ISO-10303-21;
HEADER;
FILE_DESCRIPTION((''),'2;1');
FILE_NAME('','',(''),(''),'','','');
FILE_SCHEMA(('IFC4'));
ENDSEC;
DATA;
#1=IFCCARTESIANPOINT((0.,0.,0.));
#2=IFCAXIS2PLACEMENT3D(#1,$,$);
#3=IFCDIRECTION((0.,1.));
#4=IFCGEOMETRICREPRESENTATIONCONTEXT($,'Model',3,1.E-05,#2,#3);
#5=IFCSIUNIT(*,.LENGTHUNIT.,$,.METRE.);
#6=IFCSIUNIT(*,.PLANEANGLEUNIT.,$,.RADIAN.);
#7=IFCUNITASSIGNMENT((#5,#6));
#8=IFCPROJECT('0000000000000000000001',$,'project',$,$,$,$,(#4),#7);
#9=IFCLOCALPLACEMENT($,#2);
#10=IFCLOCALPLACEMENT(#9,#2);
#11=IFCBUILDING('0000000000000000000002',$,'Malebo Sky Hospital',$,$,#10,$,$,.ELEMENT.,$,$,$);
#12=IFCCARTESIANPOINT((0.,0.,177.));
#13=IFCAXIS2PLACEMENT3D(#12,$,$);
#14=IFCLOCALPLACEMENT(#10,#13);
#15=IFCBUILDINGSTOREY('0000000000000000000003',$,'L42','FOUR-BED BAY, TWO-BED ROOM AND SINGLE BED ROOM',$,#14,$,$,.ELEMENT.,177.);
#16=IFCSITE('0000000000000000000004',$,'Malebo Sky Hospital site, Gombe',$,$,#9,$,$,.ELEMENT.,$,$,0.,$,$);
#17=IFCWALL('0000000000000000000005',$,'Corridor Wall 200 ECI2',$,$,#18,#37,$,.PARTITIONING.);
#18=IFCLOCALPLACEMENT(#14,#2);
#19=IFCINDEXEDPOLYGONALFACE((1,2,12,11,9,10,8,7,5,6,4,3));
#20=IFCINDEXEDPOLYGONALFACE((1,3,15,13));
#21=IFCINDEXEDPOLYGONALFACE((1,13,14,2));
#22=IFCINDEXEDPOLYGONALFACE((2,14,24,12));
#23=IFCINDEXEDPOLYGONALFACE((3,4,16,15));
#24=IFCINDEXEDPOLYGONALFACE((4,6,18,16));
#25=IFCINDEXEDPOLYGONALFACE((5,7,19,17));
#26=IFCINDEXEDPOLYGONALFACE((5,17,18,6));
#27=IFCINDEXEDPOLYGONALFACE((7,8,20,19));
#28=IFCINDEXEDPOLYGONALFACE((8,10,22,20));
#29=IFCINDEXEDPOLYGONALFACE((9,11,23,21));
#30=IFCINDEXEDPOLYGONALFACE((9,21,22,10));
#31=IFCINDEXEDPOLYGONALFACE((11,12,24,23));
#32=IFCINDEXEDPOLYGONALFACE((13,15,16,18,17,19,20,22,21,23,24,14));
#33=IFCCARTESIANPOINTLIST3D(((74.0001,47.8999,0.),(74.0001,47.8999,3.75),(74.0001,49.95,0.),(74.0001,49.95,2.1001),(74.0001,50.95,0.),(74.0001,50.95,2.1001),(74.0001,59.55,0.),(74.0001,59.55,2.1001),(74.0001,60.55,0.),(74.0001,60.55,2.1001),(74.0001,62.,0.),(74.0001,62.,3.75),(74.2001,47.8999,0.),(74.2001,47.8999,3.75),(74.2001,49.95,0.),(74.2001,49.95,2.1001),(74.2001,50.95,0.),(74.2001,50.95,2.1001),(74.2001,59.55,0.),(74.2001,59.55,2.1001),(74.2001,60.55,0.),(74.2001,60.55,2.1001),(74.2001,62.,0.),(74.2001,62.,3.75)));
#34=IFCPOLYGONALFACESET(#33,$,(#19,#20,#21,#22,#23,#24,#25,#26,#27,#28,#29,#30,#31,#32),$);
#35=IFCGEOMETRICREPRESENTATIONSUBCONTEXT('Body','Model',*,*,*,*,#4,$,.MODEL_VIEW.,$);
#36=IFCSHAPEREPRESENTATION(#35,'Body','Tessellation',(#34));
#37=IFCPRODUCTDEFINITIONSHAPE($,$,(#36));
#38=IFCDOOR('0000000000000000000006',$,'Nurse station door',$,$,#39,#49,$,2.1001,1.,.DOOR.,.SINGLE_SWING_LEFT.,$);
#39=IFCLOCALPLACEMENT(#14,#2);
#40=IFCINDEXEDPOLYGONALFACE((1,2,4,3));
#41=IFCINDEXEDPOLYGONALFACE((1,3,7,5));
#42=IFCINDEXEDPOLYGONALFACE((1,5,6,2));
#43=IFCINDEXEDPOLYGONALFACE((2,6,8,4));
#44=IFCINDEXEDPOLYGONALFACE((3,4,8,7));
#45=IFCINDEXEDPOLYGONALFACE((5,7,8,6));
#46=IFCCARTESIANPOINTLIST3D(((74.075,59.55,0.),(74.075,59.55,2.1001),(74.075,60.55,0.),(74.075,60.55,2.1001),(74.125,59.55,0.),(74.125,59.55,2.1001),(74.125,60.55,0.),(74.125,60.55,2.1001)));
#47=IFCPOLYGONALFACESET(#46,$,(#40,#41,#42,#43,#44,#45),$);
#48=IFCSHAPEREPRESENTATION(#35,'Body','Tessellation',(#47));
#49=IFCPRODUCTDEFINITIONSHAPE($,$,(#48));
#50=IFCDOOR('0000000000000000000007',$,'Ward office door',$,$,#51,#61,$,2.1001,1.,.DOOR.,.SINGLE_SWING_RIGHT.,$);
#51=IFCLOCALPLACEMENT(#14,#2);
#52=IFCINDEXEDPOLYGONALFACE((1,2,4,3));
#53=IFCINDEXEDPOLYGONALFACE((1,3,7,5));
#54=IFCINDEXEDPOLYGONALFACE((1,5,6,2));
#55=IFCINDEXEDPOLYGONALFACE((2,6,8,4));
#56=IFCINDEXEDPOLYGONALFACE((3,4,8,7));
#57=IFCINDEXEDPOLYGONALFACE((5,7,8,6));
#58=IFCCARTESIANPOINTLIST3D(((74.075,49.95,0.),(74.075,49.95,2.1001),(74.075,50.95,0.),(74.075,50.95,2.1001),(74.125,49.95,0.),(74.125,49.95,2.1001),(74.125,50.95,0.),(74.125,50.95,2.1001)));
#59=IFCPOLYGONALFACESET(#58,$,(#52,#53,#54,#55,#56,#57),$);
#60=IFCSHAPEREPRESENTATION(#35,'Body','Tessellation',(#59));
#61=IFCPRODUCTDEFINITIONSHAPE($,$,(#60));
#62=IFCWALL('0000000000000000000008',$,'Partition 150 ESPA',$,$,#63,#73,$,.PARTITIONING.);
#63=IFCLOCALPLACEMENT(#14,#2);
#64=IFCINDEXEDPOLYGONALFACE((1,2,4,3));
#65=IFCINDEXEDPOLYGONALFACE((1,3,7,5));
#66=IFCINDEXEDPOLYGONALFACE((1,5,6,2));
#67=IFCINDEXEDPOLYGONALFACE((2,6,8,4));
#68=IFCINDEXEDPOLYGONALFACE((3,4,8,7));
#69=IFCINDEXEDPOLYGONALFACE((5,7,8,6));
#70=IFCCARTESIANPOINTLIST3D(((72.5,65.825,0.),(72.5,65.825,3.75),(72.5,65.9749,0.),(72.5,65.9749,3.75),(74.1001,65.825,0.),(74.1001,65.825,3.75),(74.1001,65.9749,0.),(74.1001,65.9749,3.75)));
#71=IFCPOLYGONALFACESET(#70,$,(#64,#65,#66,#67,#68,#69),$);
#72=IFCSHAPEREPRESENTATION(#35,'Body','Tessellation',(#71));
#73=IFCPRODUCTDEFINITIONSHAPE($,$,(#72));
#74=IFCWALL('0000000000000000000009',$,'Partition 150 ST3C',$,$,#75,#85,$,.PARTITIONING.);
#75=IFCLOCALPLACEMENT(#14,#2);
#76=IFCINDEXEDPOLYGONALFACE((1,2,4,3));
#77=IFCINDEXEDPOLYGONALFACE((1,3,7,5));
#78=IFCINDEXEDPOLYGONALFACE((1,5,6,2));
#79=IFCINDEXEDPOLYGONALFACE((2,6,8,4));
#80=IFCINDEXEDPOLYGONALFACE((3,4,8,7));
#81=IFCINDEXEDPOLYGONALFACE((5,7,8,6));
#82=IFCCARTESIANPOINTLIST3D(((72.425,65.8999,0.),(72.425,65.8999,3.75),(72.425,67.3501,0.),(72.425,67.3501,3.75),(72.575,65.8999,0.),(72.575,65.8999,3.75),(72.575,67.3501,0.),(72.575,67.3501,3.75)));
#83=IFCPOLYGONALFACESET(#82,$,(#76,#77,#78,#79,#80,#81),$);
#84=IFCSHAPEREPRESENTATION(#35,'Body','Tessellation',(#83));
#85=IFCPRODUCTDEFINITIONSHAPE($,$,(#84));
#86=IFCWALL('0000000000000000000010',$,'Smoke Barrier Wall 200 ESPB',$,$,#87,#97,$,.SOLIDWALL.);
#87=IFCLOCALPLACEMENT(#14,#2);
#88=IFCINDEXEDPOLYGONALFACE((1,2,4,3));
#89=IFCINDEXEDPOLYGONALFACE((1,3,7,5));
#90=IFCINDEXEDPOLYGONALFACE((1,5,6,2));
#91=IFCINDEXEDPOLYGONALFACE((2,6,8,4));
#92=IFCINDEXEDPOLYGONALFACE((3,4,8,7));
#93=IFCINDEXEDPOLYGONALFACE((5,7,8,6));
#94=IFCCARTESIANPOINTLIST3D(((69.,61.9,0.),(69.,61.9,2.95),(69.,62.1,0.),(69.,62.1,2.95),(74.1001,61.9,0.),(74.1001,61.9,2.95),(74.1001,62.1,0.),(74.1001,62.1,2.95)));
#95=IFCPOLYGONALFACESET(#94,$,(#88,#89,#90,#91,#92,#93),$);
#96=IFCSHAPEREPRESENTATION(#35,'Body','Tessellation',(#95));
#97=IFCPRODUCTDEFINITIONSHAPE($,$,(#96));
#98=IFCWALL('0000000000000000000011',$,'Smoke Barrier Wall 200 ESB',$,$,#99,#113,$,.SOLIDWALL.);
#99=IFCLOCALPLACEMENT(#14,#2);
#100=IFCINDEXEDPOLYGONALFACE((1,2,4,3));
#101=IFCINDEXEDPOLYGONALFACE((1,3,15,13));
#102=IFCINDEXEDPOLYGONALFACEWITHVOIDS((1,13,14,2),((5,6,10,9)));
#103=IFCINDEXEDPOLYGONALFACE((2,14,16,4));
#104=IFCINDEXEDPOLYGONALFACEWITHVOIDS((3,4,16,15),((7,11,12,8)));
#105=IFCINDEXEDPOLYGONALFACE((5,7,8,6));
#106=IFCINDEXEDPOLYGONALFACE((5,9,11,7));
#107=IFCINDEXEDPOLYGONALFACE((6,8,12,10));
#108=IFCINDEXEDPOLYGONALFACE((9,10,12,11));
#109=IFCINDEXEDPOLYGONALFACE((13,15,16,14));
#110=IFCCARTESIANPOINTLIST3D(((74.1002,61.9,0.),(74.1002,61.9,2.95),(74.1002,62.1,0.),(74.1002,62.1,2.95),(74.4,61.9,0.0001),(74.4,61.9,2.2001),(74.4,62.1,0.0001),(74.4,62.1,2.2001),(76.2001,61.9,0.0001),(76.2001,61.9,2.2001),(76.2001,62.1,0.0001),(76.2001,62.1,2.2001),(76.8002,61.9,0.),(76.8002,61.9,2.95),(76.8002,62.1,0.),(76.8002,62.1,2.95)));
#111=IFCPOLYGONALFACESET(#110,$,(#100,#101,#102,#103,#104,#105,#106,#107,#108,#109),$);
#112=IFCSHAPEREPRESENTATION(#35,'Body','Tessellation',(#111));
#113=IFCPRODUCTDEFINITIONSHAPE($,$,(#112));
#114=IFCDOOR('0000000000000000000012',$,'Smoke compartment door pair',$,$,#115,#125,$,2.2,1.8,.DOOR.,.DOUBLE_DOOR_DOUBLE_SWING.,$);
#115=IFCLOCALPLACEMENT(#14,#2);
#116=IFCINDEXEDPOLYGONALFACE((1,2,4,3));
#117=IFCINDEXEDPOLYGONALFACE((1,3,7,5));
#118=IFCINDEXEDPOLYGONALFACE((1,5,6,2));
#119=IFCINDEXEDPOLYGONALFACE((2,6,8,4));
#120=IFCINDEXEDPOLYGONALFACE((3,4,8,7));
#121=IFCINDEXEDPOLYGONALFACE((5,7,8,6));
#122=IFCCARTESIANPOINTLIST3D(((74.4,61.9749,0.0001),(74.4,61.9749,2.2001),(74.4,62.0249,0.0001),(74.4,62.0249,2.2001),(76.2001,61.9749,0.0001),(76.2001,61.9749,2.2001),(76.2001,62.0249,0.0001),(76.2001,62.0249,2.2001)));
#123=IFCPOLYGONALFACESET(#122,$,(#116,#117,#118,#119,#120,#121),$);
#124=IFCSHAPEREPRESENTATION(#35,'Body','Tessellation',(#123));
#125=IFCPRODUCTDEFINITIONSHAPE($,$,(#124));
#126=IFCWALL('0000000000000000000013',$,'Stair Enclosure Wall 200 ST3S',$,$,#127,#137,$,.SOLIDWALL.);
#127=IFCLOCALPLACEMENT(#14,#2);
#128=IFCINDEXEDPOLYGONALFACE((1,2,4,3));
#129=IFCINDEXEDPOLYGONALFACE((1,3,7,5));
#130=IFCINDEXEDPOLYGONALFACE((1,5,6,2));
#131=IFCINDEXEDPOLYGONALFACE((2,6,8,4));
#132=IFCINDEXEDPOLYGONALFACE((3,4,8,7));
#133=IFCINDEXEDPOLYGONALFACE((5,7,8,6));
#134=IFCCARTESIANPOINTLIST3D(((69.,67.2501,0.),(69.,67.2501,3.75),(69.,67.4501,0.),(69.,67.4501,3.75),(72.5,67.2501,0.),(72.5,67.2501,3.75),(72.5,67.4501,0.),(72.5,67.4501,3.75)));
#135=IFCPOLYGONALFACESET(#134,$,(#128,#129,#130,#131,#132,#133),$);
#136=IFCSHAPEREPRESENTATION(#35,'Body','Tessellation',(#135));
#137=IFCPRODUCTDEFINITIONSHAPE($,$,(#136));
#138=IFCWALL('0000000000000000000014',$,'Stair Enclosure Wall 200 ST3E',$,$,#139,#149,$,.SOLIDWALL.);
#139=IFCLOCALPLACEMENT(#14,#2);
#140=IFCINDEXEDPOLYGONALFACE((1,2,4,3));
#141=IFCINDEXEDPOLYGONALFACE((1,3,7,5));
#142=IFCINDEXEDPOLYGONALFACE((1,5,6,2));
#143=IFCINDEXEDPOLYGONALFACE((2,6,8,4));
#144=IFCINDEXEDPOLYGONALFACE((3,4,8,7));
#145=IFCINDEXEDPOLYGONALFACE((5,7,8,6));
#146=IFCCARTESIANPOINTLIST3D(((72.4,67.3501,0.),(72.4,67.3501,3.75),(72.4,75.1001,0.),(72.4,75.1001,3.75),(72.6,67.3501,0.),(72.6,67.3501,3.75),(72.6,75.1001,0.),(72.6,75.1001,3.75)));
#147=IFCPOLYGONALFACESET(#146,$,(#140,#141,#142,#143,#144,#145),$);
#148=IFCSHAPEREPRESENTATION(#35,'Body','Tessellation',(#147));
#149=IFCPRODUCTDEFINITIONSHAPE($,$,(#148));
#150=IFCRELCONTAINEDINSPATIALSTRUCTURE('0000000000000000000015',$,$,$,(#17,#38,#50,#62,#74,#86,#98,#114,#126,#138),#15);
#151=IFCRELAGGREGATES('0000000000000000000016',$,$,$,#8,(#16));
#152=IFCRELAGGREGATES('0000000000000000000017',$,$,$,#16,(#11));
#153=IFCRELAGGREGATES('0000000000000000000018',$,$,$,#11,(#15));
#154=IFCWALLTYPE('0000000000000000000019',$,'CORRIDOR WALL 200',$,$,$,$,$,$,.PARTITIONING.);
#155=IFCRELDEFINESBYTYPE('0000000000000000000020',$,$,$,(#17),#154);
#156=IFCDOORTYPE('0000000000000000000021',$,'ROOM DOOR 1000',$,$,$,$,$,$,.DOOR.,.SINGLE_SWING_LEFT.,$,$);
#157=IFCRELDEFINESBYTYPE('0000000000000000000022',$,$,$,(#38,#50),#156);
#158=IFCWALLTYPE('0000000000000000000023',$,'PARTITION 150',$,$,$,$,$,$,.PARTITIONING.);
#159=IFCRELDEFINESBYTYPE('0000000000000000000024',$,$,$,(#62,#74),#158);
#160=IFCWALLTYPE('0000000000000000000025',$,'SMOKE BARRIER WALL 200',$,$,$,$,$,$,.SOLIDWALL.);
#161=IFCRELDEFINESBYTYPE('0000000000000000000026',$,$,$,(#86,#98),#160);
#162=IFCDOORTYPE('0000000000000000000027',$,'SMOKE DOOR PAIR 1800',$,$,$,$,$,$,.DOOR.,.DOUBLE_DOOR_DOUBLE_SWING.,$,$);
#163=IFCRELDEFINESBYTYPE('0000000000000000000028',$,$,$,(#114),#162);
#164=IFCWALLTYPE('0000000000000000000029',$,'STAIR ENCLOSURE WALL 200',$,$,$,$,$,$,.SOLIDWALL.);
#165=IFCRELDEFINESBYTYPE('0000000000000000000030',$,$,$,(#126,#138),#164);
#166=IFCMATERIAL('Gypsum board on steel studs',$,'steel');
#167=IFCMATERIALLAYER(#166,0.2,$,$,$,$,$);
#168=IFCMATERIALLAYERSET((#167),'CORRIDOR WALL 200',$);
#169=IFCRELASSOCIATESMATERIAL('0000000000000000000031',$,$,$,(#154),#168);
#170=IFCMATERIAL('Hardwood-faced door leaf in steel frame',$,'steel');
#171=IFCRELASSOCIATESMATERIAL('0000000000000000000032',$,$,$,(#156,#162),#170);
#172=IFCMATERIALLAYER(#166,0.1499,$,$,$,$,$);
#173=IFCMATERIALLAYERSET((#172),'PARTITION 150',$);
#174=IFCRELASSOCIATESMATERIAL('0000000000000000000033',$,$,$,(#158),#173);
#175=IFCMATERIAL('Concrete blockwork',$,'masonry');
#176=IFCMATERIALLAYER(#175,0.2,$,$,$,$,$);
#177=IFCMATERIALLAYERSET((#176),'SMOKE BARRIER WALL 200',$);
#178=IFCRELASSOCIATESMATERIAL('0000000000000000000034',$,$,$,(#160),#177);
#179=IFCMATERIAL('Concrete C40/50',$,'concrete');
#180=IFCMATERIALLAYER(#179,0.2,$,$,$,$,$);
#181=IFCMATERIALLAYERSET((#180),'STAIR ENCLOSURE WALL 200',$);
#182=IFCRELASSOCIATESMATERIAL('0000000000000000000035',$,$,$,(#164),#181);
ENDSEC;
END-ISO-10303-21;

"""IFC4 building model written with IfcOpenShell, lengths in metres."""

from ifc_helpers import new_model, si_unit, direction, frame, frame_2d, origin, place, context, subcontext, project, spatial, rectangle, extrude, material, layer, layer_set, type_object, element, fill, save


model = new_model("IFC4")

# Units and contexts
model_context = context("Model", 3, precision=1e-05, world=origin(), true_north=direction((0.0, 1.0)))
body_context = subcontext(model_context, "Body", "Model", "MODEL_VIEW")
ifc_project = project(units=[si_unit("LENGTHUNIT", "METRE"), si_unit("PLANEANGLEUNIT", "RADIAN")], contexts=[model_context])

# Site, building, storey
site_placement = place(None, origin())
site = spatial("IfcSite", under=ifc_project, at=site_placement, Name="Malebo Sky Hospital site, Gombe", CompositionType="ELEMENT", RefElevation=0.0)
building_placement = place(site_placement, origin())
building = spatial("IfcBuilding", under=site, at=building_placement, Name="Malebo Sky Hospital", CompositionType="ELEMENT")
storey_placement = place(building_placement, frame((0.0, 0.0, 177.0)))
storey = spatial("IfcBuildingStorey", under=building, at=storey_placement, Name="L42", Description="FOUR-BED BAY, TWO-BED ROOM AND SINGLE BED ROOM", CompositionType="ELEMENT", Elevation=177.0)

# Wall, openings, doors
ifc_material_1 = material(Name="Gypsum board on steel studs", Category="steel")
ifc_layer_1 = layer(ifc_material_1, 0.2)
ifc_layer_set_1 = layer_set([ifc_layer_1], Name="CORRIDOR WALL 200")
wall_type_1 = type_object("IfcWallType", Name="CORRIDOR WALL 200", PredefinedType="PARTITIONING", material=ifc_layer_set_1)
wall_1_placement = place(storey_placement, frame((74.1001, 62.0, 0.0), z_axis=(0.0, 0.0, 1.0), x_axis=(0.0, -1.0, 0.0)))
wall_1 = element("IfcWall", 1, at=wall_1_placement, inside=storey, type_object=wall_type_1, Name="Corridor Wall 200 ECI2", PredefinedType="PARTITIONING", context=body_context, shape_type="SweptSolid", body=[
    extrude(rectangle(XDim=14.1001, YDim=0.2, at=frame_2d((7.05, 0.0))), origin(), (0.0, 0.0, 1.0), 3.75),
])
opening_1_placement = place(wall_1_placement, frame((1.45, 0.0, 0.0)))
opening_1 = element("IfcOpeningElement", 2, at=opening_1_placement, cuts=wall_1, PredefinedType="OPENING", context=body_context, shape_type="SweptSolid", body=[
    extrude(rectangle(XDim=1.0, YDim=2.1001, at=frame_2d((0.5, 1.05))), frame((0.0, 0.1099, 0.0), z_axis=(0.0, -1.0, 0.0), x_axis=(1.0, 0.0, 0.0)), (0.0, 0.0, 1.0), 0.22),
])
opening_2_placement = place(wall_1_placement, frame((11.05, 0.0, 0.0)))
opening_2 = element("IfcOpeningElement", 3, at=opening_2_placement, cuts=wall_1, PredefinedType="OPENING", context=body_context, shape_type="SweptSolid", body=[
    extrude(rectangle(XDim=1.0, YDim=2.1001, at=frame_2d((0.5, 1.05))), frame((0.0, 0.1099, 0.0), z_axis=(0.0, -1.0, 0.0), x_axis=(1.0, 0.0, 0.0)), (0.0, 0.0, 1.0), 0.22),
])
ifc_material_2 = material(Name="Hardwood-faced door leaf in steel frame", Category="steel")
door_type_1 = type_object("IfcDoorType", Name="ROOM DOOR 1000", OperationType="SINGLE_SWING_LEFT", PredefinedType="DOOR", material=ifc_material_2)
door_1_placement = place(opening_1_placement, origin())
door_1 = element("IfcDoor", 4, at=door_1_placement, inside=storey, type_object=door_type_1, Name="Nurse station door", OperationType="SINGLE_SWING_LEFT", OverallHeight=2.1001, OverallWidth=1.0, PredefinedType="DOOR", context=body_context, shape_type="SweptSolid", body=[
    extrude(rectangle(XDim=1.0, YDim=2.1001, at=frame_2d((0.5, 1.05))), frame((0.0, 0.0249, 0.0), z_axis=(0.0, -1.0, 0.0), x_axis=(1.0, 0.0, 0.0)), (0.0, 0.0, 1.0), 0.05),
])
fill(opening_1, door_1)
door_2_placement = place(opening_2_placement, origin())
door_2 = element("IfcDoor", 5, at=door_2_placement, inside=storey, type_object=door_type_1, Name="Ward office door", OperationType="SINGLE_SWING_RIGHT", OverallHeight=2.1001, OverallWidth=1.0, PredefinedType="DOOR", context=body_context, shape_type="SweptSolid", body=[
    extrude(rectangle(XDim=1.0, YDim=2.1001, at=frame_2d((0.5, 1.05))), frame((0.0, 0.0249, 0.0), z_axis=(0.0, -1.0, 0.0), x_axis=(1.0, 0.0, 0.0)), (0.0, 0.0, 1.0), 0.05),
])
fill(opening_2, door_2)

# Walls
ifc_layer_2 = layer(ifc_material_1, 0.1499)
ifc_layer_set_2 = layer_set([ifc_layer_2], Name="PARTITION 150")
wall_type_2 = type_object("IfcWallType", Name="PARTITION 150", PredefinedType="PARTITIONING", material=ifc_layer_set_2)
wall_2_placement = place(storey_placement, frame((72.5, 65.8999, 0.0), z_axis=(0.0, 0.0, 1.0), x_axis=(1.0, 0.0, 0.0)))
element("IfcWall", 6, at=wall_2_placement, inside=storey, type_object=wall_type_2, Name="Partition 150 ESPA", PredefinedType="PARTITIONING", context=body_context, shape_type="SweptSolid", body=[
    extrude(rectangle(XDim=1.6001, YDim=0.1499, at=frame_2d((0.8, 0.0))), origin(), (0.0, 0.0, 1.0), 3.75),
])
wall_3_placement = place(storey_placement, frame((72.5, 65.8999, 0.0), z_axis=(0.0, 0.0, 1.0), x_axis=(0.0, 1.0, 0.0)))
element("IfcWall", 7, at=wall_3_placement, inside=storey, type_object=wall_type_2, Name="Partition 150 ST3C", PredefinedType="PARTITIONING", context=body_context, shape_type="SweptSolid", body=[
    extrude(rectangle(XDim=1.4502, YDim=0.1499, at=frame_2d((0.7251, 0.0))), origin(), (0.0, 0.0, 1.0), 3.75),
])
ifc_material_3 = material(Name="Concrete blockwork", Category="masonry")
ifc_layer_3 = layer(ifc_material_3, 0.2)
ifc_layer_set_3 = layer_set([ifc_layer_3], Name="SMOKE BARRIER WALL 200")
wall_type_3 = type_object("IfcWallType", Name="SMOKE BARRIER WALL 200", PredefinedType="SOLIDWALL", material=ifc_layer_set_3)
wall_4_placement = place(storey_placement, frame((69.0, 62.0, 0.0), z_axis=(0.0, 0.0, 1.0), x_axis=(1.0, 0.0, 0.0)))
element("IfcWall", 8, at=wall_4_placement, inside=storey, type_object=wall_type_3, Name="Smoke Barrier Wall 200 ESPB", PredefinedType="SOLIDWALL", context=body_context, shape_type="SweptSolid", body=[
    extrude(rectangle(XDim=5.1001, YDim=0.2, at=frame_2d((2.55, 0.0))), origin(), (0.0, 0.0, 1.0), 2.95),
])

# Wall, opening, door
wall_5_placement = place(storey_placement, frame((74.1001, 62.0, 0.0), z_axis=(0.0, 0.0, 1.0), x_axis=(1.0, 0.0, 0.0)))
wall_5 = element("IfcWall", 9, at=wall_5_placement, inside=storey, type_object=wall_type_3, Name="Smoke Barrier Wall 200 ESB", PredefinedType="SOLIDWALL", context=body_context, shape_type="SweptSolid", body=[
    extrude(rectangle(XDim=2.7, YDim=0.2, at=frame_2d((1.3501, 0.0))), origin(), (0.0, 0.0, 1.0), 2.95),
])
opening_3_placement = place(wall_5_placement, frame((0.3, 0.0, 0.0)))
opening_3 = element("IfcOpeningElement", 10, at=opening_3_placement, cuts=wall_5, PredefinedType="OPENING", context=body_context, shape_type="SweptSolid", body=[
    extrude(rectangle(XDim=1.8, YDim=2.2, at=frame_2d((0.8999, 1.1001))), frame((0.0, 0.1099, 0.0), z_axis=(0.0, -1.0, 0.0), x_axis=(1.0, 0.0, 0.0)), (0.0, 0.0, 1.0), 0.22),
])
door_type_2 = type_object("IfcDoorType", Name="SMOKE DOOR PAIR 1800", OperationType="DOUBLE_DOOR_DOUBLE_SWING", PredefinedType="DOOR", material=ifc_material_2)
door_3_placement = place(opening_3_placement, origin())
door_3 = element("IfcDoor", 11, at=door_3_placement, inside=storey, type_object=door_type_2, Name="Smoke compartment door pair", OperationType="DOUBLE_DOOR_DOUBLE_SWING", OverallHeight=2.2, OverallWidth=1.8, PredefinedType="DOOR", context=body_context, shape_type="SweptSolid", body=[
    extrude(rectangle(XDim=1.8, YDim=2.2, at=frame_2d((0.8999, 1.1001))), frame((0.0, 0.0249, 0.0), z_axis=(0.0, -1.0, 0.0), x_axis=(1.0, 0.0, 0.0)), (0.0, 0.0, 1.0), 0.05),
])
fill(opening_3, door_3)

# Walls
ifc_material_4 = material(Name="Concrete C40/50", Category="concrete")
ifc_layer_4 = layer(ifc_material_4, 0.2)
ifc_layer_set_4 = layer_set([ifc_layer_4], Name="STAIR ENCLOSURE WALL 200")
wall_type_4 = type_object("IfcWallType", Name="STAIR ENCLOSURE WALL 200", PredefinedType="SOLIDWALL", material=ifc_layer_set_4)
wall_6_placement = place(storey_placement, frame((69.0, 67.3501, 0.0), z_axis=(0.0, 0.0, 1.0), x_axis=(1.0, 0.0, 0.0)))
element("IfcWall", 12, at=wall_6_placement, inside=storey, type_object=wall_type_4, Name="Stair Enclosure Wall 200 ST3S", PredefinedType="SOLIDWALL", context=body_context, shape_type="SweptSolid", body=[
    extrude(rectangle(XDim=3.5, YDim=0.2, at=frame_2d((1.75, 0.0))), origin(), (0.0, 0.0, 1.0), 3.75),
])
wall_7_placement = place(storey_placement, frame((72.5, 67.3501, 0.0), z_axis=(0.0, 0.0, 1.0), x_axis=(0.0, 1.0, 0.0)))
element("IfcWall", 13, at=wall_7_placement, inside=storey, type_object=wall_type_4, Name="Stair Enclosure Wall 200 ST3E", PredefinedType="SOLIDWALL", context=body_context, shape_type="SweptSolid", body=[
    extrude(rectangle(XDim=7.75, YDim=0.2, at=frame_2d((3.875, 0.0))), origin(), (0.0, 0.0, 1.0), 3.75),
])

save(model, "model.ifc")
